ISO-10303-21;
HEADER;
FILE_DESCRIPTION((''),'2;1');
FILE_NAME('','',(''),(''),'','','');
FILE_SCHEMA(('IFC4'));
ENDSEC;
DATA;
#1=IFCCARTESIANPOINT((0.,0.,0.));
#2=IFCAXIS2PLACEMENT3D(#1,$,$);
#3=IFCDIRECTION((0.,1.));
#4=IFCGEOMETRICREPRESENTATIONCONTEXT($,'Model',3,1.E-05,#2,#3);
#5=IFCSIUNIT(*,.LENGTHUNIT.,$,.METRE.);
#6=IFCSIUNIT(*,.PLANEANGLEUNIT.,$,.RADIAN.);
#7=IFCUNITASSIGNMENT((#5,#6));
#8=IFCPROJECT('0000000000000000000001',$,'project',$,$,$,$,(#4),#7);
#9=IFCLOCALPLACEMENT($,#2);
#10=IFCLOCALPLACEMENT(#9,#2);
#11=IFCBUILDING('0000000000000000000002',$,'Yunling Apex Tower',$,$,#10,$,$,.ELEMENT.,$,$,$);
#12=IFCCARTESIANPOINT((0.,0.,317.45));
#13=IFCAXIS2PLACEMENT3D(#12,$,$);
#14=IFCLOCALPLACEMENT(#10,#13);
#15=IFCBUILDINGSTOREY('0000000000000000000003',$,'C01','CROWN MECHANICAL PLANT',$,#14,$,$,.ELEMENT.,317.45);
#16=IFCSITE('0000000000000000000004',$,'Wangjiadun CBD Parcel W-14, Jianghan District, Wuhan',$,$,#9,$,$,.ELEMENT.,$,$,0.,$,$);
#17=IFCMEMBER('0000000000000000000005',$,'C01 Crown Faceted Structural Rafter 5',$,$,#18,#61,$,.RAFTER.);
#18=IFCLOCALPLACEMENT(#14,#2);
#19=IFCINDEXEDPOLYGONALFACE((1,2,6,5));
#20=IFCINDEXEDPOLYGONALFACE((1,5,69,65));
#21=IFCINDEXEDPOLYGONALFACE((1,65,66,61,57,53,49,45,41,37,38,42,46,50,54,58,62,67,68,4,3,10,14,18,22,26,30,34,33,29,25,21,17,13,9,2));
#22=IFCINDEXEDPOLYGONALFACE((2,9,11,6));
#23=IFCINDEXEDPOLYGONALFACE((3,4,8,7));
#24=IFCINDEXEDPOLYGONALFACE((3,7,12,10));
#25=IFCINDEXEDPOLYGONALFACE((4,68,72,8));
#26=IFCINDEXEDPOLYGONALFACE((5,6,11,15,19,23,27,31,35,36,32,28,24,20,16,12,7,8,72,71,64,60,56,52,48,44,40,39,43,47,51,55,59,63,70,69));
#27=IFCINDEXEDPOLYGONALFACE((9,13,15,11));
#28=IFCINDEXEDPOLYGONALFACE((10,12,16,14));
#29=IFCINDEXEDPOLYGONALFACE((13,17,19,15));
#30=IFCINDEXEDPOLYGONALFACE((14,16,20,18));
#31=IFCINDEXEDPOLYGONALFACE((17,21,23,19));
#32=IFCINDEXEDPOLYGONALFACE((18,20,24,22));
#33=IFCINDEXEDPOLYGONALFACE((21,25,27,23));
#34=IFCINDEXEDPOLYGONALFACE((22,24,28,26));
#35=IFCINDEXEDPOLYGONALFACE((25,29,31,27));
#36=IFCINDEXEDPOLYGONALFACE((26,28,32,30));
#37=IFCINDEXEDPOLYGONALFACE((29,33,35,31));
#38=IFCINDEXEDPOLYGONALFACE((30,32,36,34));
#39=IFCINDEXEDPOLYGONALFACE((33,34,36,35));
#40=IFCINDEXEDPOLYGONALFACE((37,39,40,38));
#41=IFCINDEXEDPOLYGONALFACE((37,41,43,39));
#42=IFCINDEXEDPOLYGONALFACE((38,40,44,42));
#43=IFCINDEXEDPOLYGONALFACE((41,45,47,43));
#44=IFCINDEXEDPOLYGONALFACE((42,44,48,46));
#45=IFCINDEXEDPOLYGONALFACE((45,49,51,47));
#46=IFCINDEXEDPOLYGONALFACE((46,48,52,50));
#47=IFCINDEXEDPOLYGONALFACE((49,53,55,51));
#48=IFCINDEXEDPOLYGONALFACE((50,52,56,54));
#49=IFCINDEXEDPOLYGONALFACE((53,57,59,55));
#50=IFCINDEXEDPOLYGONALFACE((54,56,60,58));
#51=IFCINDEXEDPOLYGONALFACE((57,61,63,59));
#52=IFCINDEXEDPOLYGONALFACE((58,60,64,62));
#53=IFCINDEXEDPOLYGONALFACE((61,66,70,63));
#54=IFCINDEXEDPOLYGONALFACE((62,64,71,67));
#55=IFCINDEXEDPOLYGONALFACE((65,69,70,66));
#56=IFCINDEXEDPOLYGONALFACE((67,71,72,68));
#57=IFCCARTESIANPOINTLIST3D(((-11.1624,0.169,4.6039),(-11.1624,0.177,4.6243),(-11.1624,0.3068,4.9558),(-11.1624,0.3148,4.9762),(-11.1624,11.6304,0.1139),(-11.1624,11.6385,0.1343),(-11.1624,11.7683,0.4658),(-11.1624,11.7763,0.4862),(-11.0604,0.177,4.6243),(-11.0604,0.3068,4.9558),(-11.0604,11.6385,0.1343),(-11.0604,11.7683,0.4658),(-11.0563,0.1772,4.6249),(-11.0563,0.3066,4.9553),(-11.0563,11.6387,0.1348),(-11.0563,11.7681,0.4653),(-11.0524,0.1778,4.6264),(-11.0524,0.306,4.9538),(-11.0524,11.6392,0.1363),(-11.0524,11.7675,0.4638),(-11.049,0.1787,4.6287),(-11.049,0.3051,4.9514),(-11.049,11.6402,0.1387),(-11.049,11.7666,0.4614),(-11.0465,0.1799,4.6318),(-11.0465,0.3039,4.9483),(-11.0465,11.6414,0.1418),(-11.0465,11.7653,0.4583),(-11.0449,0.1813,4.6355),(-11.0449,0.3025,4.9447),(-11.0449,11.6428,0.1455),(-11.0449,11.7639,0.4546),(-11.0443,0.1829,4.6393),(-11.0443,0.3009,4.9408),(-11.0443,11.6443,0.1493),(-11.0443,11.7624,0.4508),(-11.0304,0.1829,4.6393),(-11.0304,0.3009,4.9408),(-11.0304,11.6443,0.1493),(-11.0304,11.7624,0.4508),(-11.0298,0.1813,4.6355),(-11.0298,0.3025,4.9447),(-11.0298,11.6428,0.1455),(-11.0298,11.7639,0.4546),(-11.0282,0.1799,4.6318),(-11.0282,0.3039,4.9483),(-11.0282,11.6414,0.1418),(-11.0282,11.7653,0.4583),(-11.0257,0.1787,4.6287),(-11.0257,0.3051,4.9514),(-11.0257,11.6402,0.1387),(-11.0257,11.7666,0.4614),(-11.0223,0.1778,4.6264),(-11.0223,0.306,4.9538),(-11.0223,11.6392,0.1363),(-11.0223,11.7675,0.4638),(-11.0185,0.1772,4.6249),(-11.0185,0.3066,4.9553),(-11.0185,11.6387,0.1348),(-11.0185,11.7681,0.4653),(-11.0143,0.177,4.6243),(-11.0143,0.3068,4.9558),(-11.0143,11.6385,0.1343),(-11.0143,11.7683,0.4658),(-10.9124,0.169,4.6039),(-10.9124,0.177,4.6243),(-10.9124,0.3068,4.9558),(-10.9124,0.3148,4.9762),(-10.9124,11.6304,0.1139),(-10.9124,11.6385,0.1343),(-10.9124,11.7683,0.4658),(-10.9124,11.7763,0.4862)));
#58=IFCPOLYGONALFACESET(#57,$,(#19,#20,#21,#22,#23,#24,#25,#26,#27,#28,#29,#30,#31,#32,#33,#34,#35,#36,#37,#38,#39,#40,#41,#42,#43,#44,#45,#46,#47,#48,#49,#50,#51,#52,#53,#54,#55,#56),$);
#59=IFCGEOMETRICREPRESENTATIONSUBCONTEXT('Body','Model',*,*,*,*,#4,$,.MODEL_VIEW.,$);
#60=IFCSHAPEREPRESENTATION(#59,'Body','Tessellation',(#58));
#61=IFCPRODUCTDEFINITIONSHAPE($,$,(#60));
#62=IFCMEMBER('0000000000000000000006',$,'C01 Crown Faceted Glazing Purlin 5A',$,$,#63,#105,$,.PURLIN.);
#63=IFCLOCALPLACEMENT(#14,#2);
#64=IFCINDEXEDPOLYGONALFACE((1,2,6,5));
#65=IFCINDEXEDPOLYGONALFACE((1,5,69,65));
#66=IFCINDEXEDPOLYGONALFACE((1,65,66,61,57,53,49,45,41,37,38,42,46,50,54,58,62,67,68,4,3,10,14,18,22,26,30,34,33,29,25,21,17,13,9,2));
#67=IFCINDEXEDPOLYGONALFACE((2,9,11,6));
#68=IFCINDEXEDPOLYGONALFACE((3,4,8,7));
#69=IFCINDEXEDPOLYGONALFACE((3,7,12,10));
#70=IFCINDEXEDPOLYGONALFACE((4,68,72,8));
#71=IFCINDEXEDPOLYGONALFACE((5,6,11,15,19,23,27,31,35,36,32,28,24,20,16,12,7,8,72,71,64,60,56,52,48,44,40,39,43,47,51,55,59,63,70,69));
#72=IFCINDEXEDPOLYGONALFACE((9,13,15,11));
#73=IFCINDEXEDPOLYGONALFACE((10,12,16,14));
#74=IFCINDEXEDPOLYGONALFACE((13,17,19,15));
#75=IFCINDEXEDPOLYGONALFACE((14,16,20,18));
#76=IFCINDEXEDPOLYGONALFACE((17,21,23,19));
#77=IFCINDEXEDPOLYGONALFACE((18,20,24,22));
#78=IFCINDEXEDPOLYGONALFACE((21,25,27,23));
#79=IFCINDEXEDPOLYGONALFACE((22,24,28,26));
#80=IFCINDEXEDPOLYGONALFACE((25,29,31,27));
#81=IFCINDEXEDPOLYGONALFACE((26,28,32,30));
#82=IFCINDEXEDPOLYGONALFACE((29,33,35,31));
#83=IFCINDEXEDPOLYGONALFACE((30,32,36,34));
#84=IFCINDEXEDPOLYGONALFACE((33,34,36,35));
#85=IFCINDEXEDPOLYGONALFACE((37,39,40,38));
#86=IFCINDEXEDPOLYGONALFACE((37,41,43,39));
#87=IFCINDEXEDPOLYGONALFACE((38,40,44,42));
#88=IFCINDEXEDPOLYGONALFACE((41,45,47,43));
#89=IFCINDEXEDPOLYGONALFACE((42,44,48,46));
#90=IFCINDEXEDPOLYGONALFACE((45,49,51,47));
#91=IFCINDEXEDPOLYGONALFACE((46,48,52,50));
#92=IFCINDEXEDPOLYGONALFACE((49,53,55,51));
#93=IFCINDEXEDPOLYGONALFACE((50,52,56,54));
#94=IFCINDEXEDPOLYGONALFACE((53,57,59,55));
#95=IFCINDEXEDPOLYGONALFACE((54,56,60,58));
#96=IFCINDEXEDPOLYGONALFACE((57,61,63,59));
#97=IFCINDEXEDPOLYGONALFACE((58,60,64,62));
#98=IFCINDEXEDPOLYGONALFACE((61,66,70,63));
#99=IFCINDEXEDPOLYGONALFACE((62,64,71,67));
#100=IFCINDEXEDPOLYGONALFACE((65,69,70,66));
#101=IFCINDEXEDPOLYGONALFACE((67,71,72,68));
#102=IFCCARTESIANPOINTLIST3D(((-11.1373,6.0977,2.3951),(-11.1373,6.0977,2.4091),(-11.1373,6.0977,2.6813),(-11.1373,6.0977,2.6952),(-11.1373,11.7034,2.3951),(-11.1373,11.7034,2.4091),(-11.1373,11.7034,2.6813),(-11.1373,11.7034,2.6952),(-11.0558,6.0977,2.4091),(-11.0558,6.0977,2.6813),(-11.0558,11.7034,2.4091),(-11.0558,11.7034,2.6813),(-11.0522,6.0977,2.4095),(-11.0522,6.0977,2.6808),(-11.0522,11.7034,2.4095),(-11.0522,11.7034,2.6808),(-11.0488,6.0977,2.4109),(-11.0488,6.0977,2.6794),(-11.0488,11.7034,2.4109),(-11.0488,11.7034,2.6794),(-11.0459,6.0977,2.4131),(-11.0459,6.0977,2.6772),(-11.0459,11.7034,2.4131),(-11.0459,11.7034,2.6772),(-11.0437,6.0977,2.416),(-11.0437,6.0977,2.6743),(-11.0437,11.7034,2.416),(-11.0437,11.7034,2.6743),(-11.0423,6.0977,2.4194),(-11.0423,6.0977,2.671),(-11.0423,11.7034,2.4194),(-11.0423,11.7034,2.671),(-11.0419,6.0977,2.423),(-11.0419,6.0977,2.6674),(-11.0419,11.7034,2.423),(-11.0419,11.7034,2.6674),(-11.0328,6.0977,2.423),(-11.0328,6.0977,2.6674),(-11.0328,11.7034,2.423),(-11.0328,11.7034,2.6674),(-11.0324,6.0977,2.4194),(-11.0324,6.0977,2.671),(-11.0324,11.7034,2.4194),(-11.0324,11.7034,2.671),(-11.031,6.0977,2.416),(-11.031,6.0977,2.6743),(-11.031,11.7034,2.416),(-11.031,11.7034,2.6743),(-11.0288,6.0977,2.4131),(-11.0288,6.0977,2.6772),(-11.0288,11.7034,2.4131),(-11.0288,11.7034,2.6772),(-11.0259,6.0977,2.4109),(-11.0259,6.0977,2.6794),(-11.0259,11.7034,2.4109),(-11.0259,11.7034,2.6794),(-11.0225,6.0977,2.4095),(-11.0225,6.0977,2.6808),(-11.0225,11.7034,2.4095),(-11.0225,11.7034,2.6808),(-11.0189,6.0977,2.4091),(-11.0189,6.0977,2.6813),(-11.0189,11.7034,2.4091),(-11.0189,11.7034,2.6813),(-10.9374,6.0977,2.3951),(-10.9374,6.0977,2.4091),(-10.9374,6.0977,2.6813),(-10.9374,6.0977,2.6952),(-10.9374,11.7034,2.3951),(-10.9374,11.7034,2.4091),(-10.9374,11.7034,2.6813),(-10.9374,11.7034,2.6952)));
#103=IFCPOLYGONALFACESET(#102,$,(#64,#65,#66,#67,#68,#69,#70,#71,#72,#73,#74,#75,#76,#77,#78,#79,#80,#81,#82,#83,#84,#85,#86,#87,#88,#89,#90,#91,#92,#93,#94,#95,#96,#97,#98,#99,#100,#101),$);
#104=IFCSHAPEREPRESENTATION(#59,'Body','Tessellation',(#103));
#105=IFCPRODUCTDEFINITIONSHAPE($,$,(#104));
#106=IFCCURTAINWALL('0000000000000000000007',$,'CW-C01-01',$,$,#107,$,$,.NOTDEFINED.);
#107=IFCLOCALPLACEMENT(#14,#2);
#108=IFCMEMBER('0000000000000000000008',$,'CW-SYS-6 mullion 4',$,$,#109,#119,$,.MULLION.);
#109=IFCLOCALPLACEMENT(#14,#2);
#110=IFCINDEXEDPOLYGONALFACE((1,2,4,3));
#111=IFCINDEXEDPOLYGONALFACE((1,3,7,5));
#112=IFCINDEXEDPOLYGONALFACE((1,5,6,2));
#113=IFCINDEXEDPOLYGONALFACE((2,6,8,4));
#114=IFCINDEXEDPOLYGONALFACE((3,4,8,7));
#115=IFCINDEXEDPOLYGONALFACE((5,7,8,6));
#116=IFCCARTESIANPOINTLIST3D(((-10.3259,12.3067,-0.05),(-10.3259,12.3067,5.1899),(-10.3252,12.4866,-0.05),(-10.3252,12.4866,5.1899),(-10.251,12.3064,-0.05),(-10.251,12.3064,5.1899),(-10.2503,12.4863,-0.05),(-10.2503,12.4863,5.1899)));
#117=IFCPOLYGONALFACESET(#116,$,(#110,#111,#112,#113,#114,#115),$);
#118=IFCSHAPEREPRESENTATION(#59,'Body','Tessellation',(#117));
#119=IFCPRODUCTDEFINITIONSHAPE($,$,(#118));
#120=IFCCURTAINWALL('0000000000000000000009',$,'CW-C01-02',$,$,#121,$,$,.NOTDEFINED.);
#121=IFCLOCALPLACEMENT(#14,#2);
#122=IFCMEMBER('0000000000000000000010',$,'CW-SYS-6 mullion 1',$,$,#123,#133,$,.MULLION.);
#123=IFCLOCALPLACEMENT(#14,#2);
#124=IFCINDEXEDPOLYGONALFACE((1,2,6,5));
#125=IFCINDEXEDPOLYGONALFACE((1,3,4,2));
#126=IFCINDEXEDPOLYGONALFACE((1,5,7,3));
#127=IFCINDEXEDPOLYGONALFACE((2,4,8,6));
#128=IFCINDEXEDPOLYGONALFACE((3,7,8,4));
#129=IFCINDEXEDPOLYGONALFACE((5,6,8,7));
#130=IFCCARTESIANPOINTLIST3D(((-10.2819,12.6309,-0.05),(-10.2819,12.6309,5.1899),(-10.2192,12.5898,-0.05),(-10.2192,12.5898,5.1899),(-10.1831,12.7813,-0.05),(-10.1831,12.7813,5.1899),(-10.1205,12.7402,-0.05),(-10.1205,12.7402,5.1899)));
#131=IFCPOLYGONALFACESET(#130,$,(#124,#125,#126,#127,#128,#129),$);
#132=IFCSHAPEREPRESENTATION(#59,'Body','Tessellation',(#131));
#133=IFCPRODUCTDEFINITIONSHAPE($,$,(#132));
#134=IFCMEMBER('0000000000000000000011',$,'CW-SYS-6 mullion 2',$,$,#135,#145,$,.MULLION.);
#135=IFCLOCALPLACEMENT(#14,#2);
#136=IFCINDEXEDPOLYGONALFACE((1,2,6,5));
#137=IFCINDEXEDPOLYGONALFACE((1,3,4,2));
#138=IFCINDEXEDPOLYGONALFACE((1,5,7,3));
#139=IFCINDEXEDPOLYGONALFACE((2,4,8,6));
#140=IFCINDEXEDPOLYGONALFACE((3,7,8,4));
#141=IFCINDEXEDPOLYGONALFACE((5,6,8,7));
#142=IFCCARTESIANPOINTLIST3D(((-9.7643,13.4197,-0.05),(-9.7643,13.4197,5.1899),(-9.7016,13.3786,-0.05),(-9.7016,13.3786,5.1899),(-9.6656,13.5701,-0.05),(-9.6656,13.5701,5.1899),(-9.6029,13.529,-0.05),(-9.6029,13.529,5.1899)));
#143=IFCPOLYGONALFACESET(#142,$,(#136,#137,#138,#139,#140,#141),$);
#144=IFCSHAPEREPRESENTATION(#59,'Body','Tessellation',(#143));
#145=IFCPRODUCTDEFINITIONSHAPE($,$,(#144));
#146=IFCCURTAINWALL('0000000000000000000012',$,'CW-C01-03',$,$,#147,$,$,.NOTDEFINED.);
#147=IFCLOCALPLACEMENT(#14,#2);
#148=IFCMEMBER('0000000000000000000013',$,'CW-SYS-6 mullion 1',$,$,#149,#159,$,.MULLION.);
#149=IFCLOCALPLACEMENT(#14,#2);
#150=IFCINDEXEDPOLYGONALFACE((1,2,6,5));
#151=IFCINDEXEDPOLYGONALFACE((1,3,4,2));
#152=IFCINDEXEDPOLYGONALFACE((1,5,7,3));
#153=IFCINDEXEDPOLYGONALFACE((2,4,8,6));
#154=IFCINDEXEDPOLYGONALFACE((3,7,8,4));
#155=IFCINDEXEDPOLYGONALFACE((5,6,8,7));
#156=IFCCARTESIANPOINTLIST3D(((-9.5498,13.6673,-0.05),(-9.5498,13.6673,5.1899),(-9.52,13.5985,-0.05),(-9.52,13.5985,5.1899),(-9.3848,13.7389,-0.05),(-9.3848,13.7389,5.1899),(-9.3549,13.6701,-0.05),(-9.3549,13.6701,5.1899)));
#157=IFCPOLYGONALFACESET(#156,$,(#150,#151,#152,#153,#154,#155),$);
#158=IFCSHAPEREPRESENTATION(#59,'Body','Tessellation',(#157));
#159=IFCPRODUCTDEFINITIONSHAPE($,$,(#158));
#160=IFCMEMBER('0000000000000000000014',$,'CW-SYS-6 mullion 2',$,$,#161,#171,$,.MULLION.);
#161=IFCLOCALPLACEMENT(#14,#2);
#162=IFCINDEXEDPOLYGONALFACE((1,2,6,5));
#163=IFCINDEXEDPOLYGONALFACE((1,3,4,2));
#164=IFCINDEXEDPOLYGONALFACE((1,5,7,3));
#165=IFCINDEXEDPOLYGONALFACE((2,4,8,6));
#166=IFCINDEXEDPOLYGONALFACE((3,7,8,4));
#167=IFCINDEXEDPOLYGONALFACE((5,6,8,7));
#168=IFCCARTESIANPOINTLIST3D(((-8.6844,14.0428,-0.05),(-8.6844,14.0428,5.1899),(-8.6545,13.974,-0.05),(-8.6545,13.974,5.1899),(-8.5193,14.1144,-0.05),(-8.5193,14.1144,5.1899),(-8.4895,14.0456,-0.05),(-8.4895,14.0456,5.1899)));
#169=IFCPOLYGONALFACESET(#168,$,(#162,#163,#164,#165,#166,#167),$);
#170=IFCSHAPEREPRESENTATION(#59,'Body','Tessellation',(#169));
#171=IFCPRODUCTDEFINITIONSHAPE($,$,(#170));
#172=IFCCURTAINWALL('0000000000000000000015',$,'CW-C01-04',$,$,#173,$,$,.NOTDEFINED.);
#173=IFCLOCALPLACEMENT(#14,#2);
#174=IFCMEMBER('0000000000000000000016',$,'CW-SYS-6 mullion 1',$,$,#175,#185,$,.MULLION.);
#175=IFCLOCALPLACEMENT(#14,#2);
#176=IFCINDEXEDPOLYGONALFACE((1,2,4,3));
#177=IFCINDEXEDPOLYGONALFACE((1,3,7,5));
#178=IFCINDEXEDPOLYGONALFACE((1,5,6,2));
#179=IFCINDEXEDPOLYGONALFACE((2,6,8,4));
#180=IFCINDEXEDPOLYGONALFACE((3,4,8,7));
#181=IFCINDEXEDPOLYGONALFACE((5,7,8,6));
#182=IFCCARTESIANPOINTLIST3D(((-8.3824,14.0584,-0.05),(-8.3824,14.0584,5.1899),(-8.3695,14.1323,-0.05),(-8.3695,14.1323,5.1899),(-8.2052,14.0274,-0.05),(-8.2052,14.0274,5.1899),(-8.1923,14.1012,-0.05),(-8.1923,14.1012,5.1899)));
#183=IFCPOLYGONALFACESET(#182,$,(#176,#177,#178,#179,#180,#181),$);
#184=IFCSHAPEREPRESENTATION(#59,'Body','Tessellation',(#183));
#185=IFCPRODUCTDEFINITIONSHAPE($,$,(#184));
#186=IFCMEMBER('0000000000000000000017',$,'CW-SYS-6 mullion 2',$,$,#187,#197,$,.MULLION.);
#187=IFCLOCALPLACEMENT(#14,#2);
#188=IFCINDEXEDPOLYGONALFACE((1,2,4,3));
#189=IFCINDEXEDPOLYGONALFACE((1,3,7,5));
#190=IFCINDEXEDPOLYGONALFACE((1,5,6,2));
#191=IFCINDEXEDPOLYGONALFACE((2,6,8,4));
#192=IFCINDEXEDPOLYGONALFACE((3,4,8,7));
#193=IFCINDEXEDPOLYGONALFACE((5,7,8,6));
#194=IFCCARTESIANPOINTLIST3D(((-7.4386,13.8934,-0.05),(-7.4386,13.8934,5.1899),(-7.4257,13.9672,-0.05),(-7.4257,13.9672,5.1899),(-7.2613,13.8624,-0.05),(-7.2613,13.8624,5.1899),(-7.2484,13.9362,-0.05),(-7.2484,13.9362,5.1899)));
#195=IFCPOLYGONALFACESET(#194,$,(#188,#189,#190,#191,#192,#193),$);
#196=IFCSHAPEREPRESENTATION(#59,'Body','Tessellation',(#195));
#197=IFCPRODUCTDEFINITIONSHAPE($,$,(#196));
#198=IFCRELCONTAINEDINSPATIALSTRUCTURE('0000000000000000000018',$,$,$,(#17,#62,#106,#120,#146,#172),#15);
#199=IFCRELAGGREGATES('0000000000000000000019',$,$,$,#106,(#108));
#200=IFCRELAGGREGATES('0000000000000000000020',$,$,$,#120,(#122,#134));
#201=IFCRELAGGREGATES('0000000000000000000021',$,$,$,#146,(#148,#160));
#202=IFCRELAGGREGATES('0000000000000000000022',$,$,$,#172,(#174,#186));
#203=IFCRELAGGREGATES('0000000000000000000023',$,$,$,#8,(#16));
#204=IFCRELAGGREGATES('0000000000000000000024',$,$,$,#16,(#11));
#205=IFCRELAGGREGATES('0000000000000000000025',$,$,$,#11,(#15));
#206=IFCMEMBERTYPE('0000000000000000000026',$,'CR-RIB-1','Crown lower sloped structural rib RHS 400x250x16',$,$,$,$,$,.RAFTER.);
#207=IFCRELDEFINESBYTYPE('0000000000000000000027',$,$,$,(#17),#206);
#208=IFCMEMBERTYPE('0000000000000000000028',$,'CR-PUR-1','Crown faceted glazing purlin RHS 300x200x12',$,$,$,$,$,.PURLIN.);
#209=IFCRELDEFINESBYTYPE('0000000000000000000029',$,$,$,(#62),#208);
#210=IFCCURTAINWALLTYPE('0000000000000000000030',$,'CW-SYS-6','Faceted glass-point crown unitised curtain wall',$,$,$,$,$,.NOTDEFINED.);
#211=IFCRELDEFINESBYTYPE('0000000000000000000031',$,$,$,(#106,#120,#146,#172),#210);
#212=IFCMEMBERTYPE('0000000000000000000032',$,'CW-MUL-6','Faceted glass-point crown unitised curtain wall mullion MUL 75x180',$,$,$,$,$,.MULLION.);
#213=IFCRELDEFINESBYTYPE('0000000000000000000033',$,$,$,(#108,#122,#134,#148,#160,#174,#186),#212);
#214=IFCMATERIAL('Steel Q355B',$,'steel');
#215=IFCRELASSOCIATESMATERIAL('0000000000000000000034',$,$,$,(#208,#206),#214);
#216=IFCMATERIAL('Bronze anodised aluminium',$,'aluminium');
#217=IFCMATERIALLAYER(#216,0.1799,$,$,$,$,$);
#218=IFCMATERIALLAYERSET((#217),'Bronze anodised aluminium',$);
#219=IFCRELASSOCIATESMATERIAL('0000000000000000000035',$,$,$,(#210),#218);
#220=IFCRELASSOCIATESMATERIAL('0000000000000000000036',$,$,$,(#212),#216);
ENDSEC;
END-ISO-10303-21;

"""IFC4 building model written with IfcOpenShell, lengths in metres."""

from ifc_helpers import new_model, si_unit, direction, frame, origin, origin_2d, place, context, subcontext, project, spatial, rectangle, i_section, extrude, source, transform, mapped, material, layer, layer_set, material_profile, profile_set, type_object, element, aggregate, save


model = new_model("IFC4")

# Units and contexts
model_context = context("Model", 3, precision=1e-05, world=origin(), true_north=direction((0.0, 1.0)))
body_context = subcontext(model_context, "Body", "Model", "MODEL_VIEW")
ifc_project = project(units=[si_unit("LENGTHUNIT", "METRE"), si_unit("PLANEANGLEUNIT", "RADIAN")], contexts=[model_context])

# Site, building, storey
site_placement = place(None, origin())
site = spatial("IfcSite", under=ifc_project, at=site_placement, Name="Wangjiadun CBD Parcel W-14, Jianghan District, Wuhan", CompositionType="ELEMENT", RefElevation=0.0)
building_placement = place(site_placement, origin())
building = spatial("IfcBuilding", under=site, at=building_placement, Name="Yunling Apex Tower", CompositionType="ELEMENT")
storey_placement = place(building_placement, frame((0.0, 0.0, 317.45)))
storey = spatial("IfcBuildingStorey", under=building, at=storey_placement, Name="C01", Description="CROWN MECHANICAL PLANT", CompositionType="ELEMENT", Elevation=317.45)

# Shared definitions
ifc_material_1 = material(Name="Steel Q355B", Category="steel")

# Shared definitions
ifc_material_profile_1 = material_profile(ifc_material_1, i_section(OverallWidth=0.2, OverallDepth=0.3, WebThickness=0.009, FlangeThickness=0.0139, FilletRadius=0.0139, at=origin_2d()))
ifc_profile_set_1 = profile_set([ifc_material_profile_1], Name="Steel Q355B")
member_type_1 = type_object("IfcMemberType", Name="CR-PUR-1", Description="Crown faceted glazing purlin RHS 300x200x12", PredefinedType="PURLIN", material=ifc_profile_set_1)

# Members
ifc_material_profile_2 = material_profile(ifc_material_1, i_section(OverallWidth=0.25, OverallDepth=0.3999, WebThickness=0.0139, FlangeThickness=0.022, FilletRadius=0.0161, at=origin_2d()))
ifc_profile_set_2 = profile_set([ifc_material_profile_2], Name="Steel Q355B")
member_type_2 = type_object("IfcMemberType", Name="CR-RIB-1", Description="Crown lower sloped structural rib RHS 400x250x16", PredefinedType="RAFTER", material=ifc_profile_set_2)
shared_shape_1 = source(origin(), body_context, "Body", "SweptSolid", [
    extrude(i_section(OverallWidth=0.25, OverallDepth=0.3999, WebThickness=0.0139, FlangeThickness=0.022, FilletRadius=0.0161, at=origin_2d()), origin(), (0.0, 0.0, 1.0), 12.3096),
])
member_1_placement = place(storey_placement, frame((-11.0374, 11.7034, 0.3), z_axis=(0.0, -0.931103, 0.364758), x_axis=(1.0, 0.0, 0.0)))
element("IfcMember", 1, at=member_1_placement, inside=storey, type_object=member_type_2, Name="C01 Crown Faceted Structural Rafter 5", PredefinedType="RAFTER", context=body_context, shape_type="MappedRepresentation", body=[
    mapped(shared_shape_1, transform((0.0, 0.0, 0.0), scale=1.0)),
])
shared_shape_2 = source(origin(), body_context, "Body", "SweptSolid", [
    extrude(i_section(OverallWidth=0.2, OverallDepth=0.3, WebThickness=0.009, FlangeThickness=0.0139, FilletRadius=0.0139, at=origin_2d()), origin(), (0.0, 0.0, 1.0), 5.6057),
])
member_2_placement = place(storey_placement, frame((-11.0374, 11.7034, 2.5452), z_axis=(0.0, -1.0, 0.0), x_axis=(1.0, 0.0, 0.0)))
element("IfcMember", 2, at=member_2_placement, inside=storey, type_object=member_type_1, Name="C01 Crown Faceted Glazing Purlin 5A", PredefinedType="PURLIN", context=body_context, shape_type="MappedRepresentation", body=[
    mapped(shared_shape_2, transform((0.0, 0.0, 0.0), scale=1.0)),
])

# Curtain wall, member
ifc_material_2 = material(Name="Bronze anodised aluminium", Category="aluminium")
ifc_layer_1 = layer(ifc_material_2, 0.1799)
ifc_layer_set_1 = layer_set([ifc_layer_1], Name="Bronze anodised aluminium")
curtain_wall_type = type_object("IfcCurtainWallType", Name="CW-SYS-6", Description="Faceted glass-point crown unitised curtain wall", PredefinedType="NOTDEFINED", material=ifc_layer_set_1)
curtain_wall_1_placement = place(storey_placement, origin())
curtain_wall_1 = element("IfcCurtainWall", 3, at=curtain_wall_1_placement, inside=storey, type_object=curtain_wall_type, Name="CW-C01-01", PredefinedType="NOTDEFINED")
ifc_material_profile_3 = material_profile(ifc_material_2, rectangle(XDim=0.075, YDim=0.1799, at=origin_2d()))
ifc_profile_set_3 = profile_set([ifc_material_profile_3], Name="Bronze anodised aluminium")
member_type_3 = type_object("IfcMemberType", Name="CW-MUL-6", Description="Faceted glass-point crown unitised curtain wall mullion MUL 75x180", PredefinedType="MULLION", material=ifc_profile_set_3)
shared_shape_3 = source(origin(), body_context, "Body", "SweptSolid", [
    extrude(rectangle(XDim=0.075, YDim=0.1799, at=origin_2d()), origin(), (0.0, 0.0, 1.0), 5.24),
])
member_3_placement = place(storey_placement, frame((-10.2881, 12.3965, -0.05), z_axis=(0.0, 0.0, 1.0), x_axis=(-0.999993, 0.003847, 0.0)))
member_3 = element("IfcMember", 4, at=member_3_placement, type_object=member_type_3, Name="CW-SYS-6 mullion 4", PredefinedType="MULLION", context=body_context, shape_type="MappedRepresentation", body=[
    mapped(shared_shape_3, transform((0.0, 0.0, 0.0), scale=1.0)),
])
aggregate(curtain_wall_1, [member_3])

# Curtain walls, members
curtain_wall_2_placement = place(storey_placement, origin())
curtain_wall_2 = element("IfcCurtainWall", 5, at=curtain_wall_2_placement, inside=storey, type_object=curtain_wall_type, Name="CW-C01-02", PredefinedType="NOTDEFINED")
member_4_placement = place(storey_placement, frame((-10.2012, 12.6855, -0.05), z_axis=(0.0, 0.0, 1.0), x_axis=(-0.836047, 0.548659, 0.0)))
member_4 = element("IfcMember", 6, at=member_4_placement, type_object=member_type_3, Name="CW-SYS-6 mullion 1", PredefinedType="MULLION", context=body_context, shape_type="MappedRepresentation", body=[
    mapped(shared_shape_3, transform((0.0, 0.0, 0.0), scale=1.0)),
])
member_5_placement = place(storey_placement, frame((-9.6836, 13.4744, -0.05), z_axis=(0.0, 0.0, 1.0), x_axis=(-0.836047, 0.548659, 0.0)))
member_5 = element("IfcMember", 7, at=member_5_placement, type_object=member_type_3, Name="CW-SYS-6 mullion 2", PredefinedType="MULLION", context=body_context, shape_type="MappedRepresentation", body=[
    mapped(shared_shape_3, transform((0.0, 0.0, 0.0), scale=1.0)),
])
curtain_wall_3_placement = place(storey_placement, origin())
curtain_wall_3 = element("IfcCurtainWall", 8, at=curtain_wall_3_placement, inside=storey, type_object=curtain_wall_type, Name="CW-C01-03", PredefinedType="NOTDEFINED")
member_6_placement = place(storey_placement, frame((-9.4524, 13.6687, -0.05), z_axis=(0.0, 0.0, 1.0), x_axis=(-0.397933, 0.917415, 0.0)))
member_6 = element("IfcMember", 9, at=member_6_placement, type_object=member_type_3, Name="CW-SYS-6 mullion 1", PredefinedType="MULLION", context=body_context, shape_type="MappedRepresentation", body=[
    mapped(shared_shape_3, transform((0.0, 0.0, 0.0), scale=1.0)),
])
member_7_placement = place(storey_placement, frame((-8.5869, 14.0442, -0.05), z_axis=(0.0, 0.0, 1.0), x_axis=(-0.397933, 0.917415, 0.0)))
member_7 = element("IfcMember", 10, at=member_7_placement, type_object=member_type_3, Name="CW-SYS-6 mullion 2", PredefinedType="MULLION", context=body_context, shape_type="MappedRepresentation", body=[
    mapped(shared_shape_3, transform((0.0, 0.0, 0.0), scale=1.0)),
])
curtain_wall_4_placement = place(storey_placement, origin())
curtain_wall_4 = element("IfcCurtainWall", 11, at=curtain_wall_4_placement, inside=storey, type_object=curtain_wall_type, Name="CW-C01-04", PredefinedType="NOTDEFINED")
member_8_placement = place(storey_placement, frame((-8.2874, 14.0798, -0.05), z_axis=(0.0, 0.0, 1.0), x_axis=(0.172305, 0.985044, 0.0)))
member_8 = element("IfcMember", 12, at=member_8_placement, type_object=member_type_3, Name="CW-SYS-6 mullion 1", PredefinedType="MULLION", context=body_context, shape_type="MappedRepresentation", body=[
    mapped(shared_shape_3, transform((0.0, 0.0, 0.0), scale=1.0)),
])
member_9_placement = place(storey_placement, frame((-7.3435, 13.9148, -0.05), z_axis=(0.0, 0.0, 1.0), x_axis=(0.172305, 0.985044, 0.0)))
member_9 = element("IfcMember", 13, at=member_9_placement, type_object=member_type_3, Name="CW-SYS-6 mullion 2", PredefinedType="MULLION", context=body_context, shape_type="MappedRepresentation", body=[
    mapped(shared_shape_3, transform((0.0, 0.0, 0.0), scale=1.0)),
])

aggregate(curtain_wall_2, [member_4, member_5])
aggregate(curtain_wall_3, [member_6, member_7])
aggregate(curtain_wall_4, [member_8, member_9])

save(model, "model.ifc")
